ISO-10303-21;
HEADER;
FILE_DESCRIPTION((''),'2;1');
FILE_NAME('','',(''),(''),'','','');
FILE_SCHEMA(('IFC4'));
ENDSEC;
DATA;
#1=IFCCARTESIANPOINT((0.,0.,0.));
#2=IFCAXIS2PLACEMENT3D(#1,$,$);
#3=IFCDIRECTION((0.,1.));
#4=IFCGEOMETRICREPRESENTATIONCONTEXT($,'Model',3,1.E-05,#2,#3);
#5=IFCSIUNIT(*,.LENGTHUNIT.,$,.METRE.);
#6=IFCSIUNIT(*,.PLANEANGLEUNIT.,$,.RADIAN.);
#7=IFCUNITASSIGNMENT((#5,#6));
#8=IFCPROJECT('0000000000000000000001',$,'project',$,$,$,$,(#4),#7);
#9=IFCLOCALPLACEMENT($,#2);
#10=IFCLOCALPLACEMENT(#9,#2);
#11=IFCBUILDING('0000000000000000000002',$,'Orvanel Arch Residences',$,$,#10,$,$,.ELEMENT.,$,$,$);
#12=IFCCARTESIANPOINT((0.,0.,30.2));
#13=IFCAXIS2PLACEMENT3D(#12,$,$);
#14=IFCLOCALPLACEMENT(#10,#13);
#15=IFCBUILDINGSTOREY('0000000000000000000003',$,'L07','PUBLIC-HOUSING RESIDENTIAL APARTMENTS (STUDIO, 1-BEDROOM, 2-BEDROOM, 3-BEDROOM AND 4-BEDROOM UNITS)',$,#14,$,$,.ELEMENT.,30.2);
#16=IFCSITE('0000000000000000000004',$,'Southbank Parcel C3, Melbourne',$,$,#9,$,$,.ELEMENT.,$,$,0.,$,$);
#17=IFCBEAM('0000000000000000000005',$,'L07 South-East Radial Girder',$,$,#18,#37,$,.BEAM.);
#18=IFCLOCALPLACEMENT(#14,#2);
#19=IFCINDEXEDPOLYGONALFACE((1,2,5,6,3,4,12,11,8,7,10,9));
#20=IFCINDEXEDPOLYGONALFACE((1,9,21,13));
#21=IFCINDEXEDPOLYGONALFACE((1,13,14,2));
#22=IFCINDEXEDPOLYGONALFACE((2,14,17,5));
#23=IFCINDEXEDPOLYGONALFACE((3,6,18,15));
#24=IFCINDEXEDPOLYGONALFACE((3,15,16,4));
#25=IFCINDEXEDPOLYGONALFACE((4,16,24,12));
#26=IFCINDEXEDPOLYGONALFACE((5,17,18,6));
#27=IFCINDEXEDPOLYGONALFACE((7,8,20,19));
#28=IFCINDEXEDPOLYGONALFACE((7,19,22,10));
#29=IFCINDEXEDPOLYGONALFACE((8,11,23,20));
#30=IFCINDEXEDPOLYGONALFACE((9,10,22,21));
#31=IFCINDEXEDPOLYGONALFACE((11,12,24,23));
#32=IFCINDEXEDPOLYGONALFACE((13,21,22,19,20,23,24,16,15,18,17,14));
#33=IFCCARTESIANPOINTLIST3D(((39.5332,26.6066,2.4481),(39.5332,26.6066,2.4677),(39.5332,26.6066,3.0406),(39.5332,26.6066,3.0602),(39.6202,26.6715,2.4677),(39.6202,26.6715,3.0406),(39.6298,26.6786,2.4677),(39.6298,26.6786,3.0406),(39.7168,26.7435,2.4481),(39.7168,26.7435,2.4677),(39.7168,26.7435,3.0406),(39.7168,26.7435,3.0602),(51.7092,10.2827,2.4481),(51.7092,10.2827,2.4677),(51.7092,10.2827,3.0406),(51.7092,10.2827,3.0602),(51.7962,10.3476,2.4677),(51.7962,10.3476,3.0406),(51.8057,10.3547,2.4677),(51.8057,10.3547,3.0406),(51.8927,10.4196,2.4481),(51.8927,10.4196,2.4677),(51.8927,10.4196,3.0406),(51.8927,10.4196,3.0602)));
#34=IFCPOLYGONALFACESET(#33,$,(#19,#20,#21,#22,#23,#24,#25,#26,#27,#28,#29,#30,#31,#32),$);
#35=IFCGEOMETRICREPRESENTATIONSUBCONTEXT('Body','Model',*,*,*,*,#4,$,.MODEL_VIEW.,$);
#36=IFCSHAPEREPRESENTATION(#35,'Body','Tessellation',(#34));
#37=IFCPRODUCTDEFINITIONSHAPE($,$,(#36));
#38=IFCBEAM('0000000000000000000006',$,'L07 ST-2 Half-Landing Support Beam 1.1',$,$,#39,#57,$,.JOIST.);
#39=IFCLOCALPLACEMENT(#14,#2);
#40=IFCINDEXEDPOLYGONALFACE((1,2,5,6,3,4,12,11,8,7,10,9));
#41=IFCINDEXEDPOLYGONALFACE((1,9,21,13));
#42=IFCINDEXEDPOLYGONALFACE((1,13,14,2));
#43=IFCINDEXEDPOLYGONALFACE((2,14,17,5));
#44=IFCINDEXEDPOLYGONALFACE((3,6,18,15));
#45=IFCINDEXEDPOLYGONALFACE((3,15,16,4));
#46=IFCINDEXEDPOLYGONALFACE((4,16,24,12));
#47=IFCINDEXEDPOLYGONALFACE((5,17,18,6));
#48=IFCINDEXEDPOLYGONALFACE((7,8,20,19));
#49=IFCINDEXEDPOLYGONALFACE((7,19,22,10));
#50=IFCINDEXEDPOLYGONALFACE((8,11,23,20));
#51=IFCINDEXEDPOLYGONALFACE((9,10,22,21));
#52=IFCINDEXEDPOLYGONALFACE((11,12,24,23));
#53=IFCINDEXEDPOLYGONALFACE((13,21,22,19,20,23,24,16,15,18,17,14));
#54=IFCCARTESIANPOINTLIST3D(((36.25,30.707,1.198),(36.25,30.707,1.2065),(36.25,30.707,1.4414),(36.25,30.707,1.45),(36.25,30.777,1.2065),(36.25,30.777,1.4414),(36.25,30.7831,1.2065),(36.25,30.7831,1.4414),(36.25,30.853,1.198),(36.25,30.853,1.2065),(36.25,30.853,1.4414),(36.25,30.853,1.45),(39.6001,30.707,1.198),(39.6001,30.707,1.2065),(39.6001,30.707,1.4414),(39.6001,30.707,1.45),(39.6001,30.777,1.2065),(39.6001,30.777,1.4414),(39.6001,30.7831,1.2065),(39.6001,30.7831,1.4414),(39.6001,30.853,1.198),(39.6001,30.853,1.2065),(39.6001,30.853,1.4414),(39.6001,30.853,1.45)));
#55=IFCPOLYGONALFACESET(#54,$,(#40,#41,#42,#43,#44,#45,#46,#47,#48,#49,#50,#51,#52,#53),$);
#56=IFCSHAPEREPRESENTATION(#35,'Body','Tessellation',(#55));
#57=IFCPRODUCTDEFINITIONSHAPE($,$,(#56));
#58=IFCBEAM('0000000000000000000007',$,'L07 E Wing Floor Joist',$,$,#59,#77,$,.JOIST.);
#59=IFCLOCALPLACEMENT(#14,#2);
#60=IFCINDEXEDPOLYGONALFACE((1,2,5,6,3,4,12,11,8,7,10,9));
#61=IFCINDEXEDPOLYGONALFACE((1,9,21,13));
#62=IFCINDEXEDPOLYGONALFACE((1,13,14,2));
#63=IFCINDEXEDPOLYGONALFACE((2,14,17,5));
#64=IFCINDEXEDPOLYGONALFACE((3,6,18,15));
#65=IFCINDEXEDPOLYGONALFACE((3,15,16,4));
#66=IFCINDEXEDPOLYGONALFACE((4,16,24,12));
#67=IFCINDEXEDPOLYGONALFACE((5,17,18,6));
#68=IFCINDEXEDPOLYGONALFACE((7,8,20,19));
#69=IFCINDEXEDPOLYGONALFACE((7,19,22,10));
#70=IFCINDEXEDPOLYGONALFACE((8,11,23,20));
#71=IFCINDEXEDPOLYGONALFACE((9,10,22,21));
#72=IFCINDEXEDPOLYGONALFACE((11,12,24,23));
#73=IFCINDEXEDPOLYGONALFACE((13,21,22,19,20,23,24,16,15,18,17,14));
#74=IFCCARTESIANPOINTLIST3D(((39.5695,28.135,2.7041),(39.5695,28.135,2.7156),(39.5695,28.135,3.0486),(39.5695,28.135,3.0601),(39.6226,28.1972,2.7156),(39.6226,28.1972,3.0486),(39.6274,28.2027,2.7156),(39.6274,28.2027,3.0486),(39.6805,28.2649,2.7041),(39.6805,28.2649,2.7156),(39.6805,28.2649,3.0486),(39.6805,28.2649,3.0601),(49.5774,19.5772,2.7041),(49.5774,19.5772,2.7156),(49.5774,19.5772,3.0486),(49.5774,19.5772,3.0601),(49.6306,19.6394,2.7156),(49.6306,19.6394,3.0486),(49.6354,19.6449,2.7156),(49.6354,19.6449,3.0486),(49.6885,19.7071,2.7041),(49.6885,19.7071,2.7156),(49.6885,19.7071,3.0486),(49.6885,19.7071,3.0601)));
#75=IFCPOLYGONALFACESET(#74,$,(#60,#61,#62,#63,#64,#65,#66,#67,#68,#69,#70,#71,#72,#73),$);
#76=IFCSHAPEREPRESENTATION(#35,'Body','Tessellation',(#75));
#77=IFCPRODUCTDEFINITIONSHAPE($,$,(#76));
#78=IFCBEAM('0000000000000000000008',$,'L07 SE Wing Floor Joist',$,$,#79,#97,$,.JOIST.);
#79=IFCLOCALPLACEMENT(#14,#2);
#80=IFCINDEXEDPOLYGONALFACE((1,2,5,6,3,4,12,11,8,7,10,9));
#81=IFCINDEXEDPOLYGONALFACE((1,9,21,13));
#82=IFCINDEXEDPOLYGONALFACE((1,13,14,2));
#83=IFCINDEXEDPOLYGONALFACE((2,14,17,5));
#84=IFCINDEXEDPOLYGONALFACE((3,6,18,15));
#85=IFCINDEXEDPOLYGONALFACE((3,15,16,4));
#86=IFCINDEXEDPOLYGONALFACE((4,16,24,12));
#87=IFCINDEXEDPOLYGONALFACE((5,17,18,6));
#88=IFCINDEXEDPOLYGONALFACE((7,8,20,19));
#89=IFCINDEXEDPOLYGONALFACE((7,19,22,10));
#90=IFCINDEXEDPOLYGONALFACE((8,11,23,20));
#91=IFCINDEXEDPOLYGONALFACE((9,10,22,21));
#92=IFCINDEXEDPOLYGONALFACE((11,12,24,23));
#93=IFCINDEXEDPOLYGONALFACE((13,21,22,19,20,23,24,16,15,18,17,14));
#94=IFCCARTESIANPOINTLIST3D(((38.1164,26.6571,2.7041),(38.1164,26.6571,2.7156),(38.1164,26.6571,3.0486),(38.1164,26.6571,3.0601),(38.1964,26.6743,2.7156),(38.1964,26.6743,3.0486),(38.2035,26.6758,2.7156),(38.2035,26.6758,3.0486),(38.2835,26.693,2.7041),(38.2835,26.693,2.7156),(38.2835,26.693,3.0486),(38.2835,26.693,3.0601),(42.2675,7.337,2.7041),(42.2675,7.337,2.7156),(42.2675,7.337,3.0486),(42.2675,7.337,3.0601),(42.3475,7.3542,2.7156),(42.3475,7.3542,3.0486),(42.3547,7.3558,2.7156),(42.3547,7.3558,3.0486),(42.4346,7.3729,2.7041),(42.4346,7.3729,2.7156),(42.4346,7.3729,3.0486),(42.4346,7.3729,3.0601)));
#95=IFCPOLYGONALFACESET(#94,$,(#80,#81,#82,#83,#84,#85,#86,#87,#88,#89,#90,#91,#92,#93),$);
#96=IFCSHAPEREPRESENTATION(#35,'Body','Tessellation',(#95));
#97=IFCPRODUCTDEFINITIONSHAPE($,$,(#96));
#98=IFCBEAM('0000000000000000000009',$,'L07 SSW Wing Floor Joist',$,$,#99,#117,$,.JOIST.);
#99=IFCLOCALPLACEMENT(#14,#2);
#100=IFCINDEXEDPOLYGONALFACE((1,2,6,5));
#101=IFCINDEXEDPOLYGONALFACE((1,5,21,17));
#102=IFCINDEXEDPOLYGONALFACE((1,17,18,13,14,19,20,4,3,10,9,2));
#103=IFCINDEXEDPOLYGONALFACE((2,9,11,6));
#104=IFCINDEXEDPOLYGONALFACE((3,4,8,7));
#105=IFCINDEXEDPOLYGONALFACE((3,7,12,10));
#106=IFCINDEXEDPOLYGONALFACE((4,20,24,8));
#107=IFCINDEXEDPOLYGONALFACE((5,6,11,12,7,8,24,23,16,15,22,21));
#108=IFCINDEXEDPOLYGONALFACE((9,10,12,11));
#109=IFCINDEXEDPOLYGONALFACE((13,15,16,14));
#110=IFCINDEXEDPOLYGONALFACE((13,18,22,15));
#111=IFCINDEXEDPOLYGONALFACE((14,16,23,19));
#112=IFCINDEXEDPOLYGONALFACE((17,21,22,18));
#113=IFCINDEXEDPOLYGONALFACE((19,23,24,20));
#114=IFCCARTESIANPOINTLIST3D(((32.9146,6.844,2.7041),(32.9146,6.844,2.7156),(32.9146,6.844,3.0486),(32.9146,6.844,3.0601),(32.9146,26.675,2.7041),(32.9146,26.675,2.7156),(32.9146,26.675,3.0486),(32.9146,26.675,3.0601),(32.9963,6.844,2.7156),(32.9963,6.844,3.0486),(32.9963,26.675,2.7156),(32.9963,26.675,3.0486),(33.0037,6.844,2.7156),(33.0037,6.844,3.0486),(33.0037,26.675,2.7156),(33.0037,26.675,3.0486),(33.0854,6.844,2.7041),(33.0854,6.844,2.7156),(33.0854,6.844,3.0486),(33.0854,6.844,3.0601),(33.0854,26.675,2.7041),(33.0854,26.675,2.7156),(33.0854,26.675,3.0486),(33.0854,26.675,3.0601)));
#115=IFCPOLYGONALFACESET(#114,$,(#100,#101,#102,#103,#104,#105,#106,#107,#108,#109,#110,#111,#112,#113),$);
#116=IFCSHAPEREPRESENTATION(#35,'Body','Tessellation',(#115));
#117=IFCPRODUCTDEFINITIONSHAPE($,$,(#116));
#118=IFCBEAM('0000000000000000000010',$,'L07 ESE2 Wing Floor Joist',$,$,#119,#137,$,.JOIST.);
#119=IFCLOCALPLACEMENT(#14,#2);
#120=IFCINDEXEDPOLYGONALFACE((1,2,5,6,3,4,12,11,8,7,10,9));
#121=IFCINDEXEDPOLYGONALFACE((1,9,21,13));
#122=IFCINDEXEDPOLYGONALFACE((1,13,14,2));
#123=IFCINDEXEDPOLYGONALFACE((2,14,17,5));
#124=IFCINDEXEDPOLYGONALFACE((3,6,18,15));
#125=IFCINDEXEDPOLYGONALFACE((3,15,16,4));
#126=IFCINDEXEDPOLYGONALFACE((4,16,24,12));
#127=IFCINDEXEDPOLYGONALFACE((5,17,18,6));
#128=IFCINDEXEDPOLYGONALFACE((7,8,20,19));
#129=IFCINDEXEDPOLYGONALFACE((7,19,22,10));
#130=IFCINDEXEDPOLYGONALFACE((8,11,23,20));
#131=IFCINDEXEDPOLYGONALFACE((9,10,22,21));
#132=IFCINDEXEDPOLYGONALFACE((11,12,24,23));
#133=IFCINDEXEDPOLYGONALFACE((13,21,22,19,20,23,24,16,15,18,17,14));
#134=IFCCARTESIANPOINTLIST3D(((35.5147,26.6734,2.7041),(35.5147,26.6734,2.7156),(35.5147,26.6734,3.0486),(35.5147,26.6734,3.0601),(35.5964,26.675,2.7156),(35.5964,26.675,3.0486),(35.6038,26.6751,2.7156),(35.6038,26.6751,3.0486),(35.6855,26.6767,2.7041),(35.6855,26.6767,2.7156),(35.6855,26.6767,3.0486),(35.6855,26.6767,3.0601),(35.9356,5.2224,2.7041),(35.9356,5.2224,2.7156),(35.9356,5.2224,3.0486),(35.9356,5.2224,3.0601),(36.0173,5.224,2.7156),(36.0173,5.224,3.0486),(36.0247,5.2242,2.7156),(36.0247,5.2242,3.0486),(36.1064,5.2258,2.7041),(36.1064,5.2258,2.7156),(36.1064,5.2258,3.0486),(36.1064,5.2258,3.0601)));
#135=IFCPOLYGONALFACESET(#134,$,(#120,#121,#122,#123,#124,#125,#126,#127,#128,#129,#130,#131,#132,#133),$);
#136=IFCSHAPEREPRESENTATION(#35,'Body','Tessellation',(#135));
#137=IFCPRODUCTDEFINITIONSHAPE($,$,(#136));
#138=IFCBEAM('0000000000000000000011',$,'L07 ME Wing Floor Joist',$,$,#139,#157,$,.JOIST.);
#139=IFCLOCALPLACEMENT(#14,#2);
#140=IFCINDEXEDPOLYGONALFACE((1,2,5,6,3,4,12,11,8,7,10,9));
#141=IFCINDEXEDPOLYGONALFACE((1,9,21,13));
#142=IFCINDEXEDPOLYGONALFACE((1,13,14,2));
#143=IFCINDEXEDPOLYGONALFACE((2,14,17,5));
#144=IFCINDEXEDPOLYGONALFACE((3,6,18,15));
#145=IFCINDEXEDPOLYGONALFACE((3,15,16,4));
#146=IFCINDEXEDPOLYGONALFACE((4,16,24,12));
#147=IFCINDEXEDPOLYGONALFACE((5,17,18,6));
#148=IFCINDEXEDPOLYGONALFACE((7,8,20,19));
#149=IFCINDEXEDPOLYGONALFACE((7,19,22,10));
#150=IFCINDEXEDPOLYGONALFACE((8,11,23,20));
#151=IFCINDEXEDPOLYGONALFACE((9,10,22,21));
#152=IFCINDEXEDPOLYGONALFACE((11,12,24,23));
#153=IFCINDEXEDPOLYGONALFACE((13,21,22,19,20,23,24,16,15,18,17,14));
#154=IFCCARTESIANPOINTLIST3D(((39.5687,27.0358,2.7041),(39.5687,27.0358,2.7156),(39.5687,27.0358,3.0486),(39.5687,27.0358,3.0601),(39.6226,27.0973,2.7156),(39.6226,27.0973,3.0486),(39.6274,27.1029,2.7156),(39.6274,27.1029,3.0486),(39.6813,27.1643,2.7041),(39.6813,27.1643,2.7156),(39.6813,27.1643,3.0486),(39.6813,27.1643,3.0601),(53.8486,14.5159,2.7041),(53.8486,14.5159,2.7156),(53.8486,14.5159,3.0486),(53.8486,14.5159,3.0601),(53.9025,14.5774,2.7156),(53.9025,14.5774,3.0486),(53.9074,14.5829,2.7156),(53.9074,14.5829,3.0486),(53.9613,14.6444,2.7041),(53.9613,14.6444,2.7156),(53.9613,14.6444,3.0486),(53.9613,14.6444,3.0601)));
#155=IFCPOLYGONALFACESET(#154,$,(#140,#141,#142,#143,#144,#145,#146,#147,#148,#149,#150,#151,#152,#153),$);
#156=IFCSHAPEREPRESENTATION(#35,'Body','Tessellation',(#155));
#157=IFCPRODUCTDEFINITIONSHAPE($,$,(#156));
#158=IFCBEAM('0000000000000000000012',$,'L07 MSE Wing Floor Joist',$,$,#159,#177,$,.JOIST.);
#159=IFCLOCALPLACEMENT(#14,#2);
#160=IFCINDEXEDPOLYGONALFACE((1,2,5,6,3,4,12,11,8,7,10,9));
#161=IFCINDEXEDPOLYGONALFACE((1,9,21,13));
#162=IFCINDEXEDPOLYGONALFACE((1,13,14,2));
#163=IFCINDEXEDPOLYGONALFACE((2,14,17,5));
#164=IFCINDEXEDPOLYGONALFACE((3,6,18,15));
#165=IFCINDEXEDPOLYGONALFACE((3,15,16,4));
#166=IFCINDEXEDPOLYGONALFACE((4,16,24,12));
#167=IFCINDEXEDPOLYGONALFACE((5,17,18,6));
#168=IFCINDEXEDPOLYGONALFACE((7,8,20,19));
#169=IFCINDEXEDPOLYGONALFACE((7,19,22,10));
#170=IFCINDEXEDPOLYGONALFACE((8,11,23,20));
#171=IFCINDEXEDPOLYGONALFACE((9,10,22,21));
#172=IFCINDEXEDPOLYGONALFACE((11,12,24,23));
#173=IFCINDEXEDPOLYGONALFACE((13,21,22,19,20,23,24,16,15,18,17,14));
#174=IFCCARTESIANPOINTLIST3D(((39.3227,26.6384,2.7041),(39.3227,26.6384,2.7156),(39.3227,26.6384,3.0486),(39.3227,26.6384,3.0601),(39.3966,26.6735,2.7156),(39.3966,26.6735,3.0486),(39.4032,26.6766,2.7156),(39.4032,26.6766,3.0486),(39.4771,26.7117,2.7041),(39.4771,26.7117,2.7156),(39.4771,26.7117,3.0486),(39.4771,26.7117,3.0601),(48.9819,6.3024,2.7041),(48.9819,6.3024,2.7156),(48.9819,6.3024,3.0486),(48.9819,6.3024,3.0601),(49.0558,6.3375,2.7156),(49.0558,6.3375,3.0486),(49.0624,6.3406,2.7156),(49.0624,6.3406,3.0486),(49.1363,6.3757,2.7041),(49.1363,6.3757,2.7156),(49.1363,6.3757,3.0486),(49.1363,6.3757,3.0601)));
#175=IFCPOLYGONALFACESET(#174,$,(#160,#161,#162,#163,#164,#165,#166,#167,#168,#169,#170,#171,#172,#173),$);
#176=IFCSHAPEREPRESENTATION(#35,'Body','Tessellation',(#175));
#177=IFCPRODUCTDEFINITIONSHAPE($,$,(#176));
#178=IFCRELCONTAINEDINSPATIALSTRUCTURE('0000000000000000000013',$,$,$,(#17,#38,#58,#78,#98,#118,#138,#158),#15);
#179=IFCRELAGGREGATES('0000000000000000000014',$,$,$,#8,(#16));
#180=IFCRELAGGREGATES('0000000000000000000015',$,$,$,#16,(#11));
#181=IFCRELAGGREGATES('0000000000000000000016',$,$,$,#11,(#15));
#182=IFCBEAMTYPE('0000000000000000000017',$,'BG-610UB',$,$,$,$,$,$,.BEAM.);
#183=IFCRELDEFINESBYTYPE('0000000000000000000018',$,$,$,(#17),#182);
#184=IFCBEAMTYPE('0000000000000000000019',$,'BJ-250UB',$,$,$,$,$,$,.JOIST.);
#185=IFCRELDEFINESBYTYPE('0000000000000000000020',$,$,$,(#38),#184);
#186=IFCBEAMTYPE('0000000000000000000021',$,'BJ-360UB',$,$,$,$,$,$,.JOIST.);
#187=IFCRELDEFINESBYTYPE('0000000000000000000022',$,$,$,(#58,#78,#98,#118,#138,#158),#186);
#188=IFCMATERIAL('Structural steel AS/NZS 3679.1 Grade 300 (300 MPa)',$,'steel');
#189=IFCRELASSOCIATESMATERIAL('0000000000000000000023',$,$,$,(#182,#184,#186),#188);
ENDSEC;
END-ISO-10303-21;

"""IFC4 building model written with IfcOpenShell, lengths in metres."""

from ifc_helpers import new_model, si_unit, direction, frame, origin, origin_2d, place, context, subcontext, project, spatial, i_section, extrude, material, material_profile, profile_set, type_object, element, save


model = new_model("IFC4")

# Units and contexts
model_context = context("Model", 3, precision=1e-05, world=origin(), true_north=direction((0.0, 1.0)))
body_context = subcontext(model_context, "Body", "Model", "MODEL_VIEW")
ifc_project = project(units=[si_unit("LENGTHUNIT", "METRE"), si_unit("PLANEANGLEUNIT", "RADIAN")], contexts=[model_context])

# Site, building, storey
site_placement = place(None, origin())
site = spatial("IfcSite", under=ifc_project, at=site_placement, Name="Southbank Parcel C3, Melbourne", CompositionType="ELEMENT", RefElevation=0.0)
building_placement = place(site_placement, origin())
building = spatial("IfcBuilding", under=site, at=building_placement, Name="Orvanel Arch Residences", CompositionType="ELEMENT")
storey_placement = place(building_placement, frame((0.0, 0.0, 30.2)))
storey = spatial("IfcBuildingStorey", under=building, at=storey_placement, Name="L07", Description="PUBLIC-HOUSING RESIDENTIAL APARTMENTS (STUDIO, 1-BEDROOM, 2-BEDROOM, 3-BEDROOM AND 4-BEDROOM UNITS)", CompositionType="ELEMENT", Elevation=30.2)

# Beams
ifc_material_1 = material(Name="Structural steel AS/NZS 3679.1 Grade 300 (300 MPa)", Category="steel")
ifc_material_profile_1 = material_profile(ifc_material_1, i_section(OverallWidth=0.229, OverallDepth=0.6121, WebThickness=0.012, FlangeThickness=0.0195, at=origin_2d()), Name="610UB125")
ifc_profile_set_1 = profile_set([ifc_material_profile_1], Name="Structural steel AS/NZS 3679.1 Grade 300 (300 MPa)")
beam_type_1 = type_object("IfcBeamType", Name="BG-610UB", PredefinedType="BEAM", material=ifc_profile_set_1)
beam_1_placement = place(storey_placement, frame((39.625, 26.675, 2.7542), z_axis=(0.597894, -0.801575, 0.0), x_axis=(0.801575, 0.597894, 0.0)))
element("IfcBeam", 1, at=beam_1_placement, inside=storey, type_object=beam_type_1, Name="L07 South-East Radial Girder", PredefinedType="BEAM", context=body_context, shape_type="SweptSolid", body=[
    extrude(i_section(OverallWidth=0.229, OverallDepth=0.6121, WebThickness=0.012, FlangeThickness=0.0195, at=origin_2d()), origin(), (0.0, 0.0, 1.0), 20.3647),
])
ifc_material_profile_2 = material_profile(ifc_material_1, i_section(OverallWidth=0.146, OverallDepth=0.252, WebThickness=0.0061, FlangeThickness=0.0085, at=origin_2d()), Name="250UB31.4")
ifc_profile_set_2 = profile_set([ifc_material_profile_2], Name="Structural steel AS/NZS 3679.1 Grade 300 (300 MPa)")
beam_type_2 = type_object("IfcBeamType", Name="BJ-250UB", PredefinedType="JOIST", material=ifc_profile_set_2)
beam_2_placement = place(storey_placement, frame((36.25, 30.78, 1.324), z_axis=(1.0, 0.0, 0.0), x_axis=(0.0, 1.0, 0.0)))
element("IfcBeam", 2, at=beam_2_placement, inside=storey, type_object=beam_type_2, Name="L07 ST-2 Half-Landing Support Beam 1.1", PredefinedType="JOIST", context=body_context, shape_type="SweptSolid", body=[
    extrude(i_section(OverallWidth=0.146, OverallDepth=0.252, WebThickness=0.0061, FlangeThickness=0.0085, at=origin_2d()), origin(), (0.0, 0.0, 1.0), 3.3501),
])
ifc_material_profile_3 = material_profile(ifc_material_1, i_section(OverallWidth=0.1709, OverallDepth=0.356, WebThickness=0.0073, FlangeThickness=0.0115, at=origin_2d()), Name="360UB50.7")
ifc_profile_set_3 = profile_set([ifc_material_profile_3], Name="Structural steel AS/NZS 3679.1 Grade 300 (300 MPa)")
beam_type_3 = type_object("IfcBeamType", Name="BJ-360UB", PredefinedType="JOIST", material=ifc_profile_set_3)
beam_3_placement = place(storey_placement, frame((39.625, 28.2, 2.8821), z_axis=(0.760024, -0.649895, 0.0), x_axis=(0.649895, 0.760024, 0.0)))
element("IfcBeam", 3, at=beam_3_placement, inside=storey, type_object=beam_type_3, Name="L07 E Wing Floor Joist", PredefinedType="JOIST", context=body_context, shape_type="SweptSolid", body=[
    extrude(i_section(OverallWidth=0.1709, OverallDepth=0.356, WebThickness=0.0073, FlangeThickness=0.0115, at=origin_2d()), origin(), (0.0, 0.0, 1.0), 13.168),
])
beam_4_placement = place(storey_placement, frame((38.2, 26.675, 2.8821), z_axis=(0.210067, -0.977687, 0.0), x_axis=(0.977687, 0.210067, 0.0)))
element("IfcBeam", 4, at=beam_4_placement, inside=storey, type_object=beam_type_3, Name="L07 SE Wing Floor Joist", PredefinedType="JOIST", context=body_context, shape_type="SweptSolid", body=[
    extrude(i_section(OverallWidth=0.1709, OverallDepth=0.356, WebThickness=0.0073, FlangeThickness=0.0115, at=origin_2d()), origin(), (0.0, 0.0, 1.0), 19.761),
])
beam_5_placement = place(storey_placement, frame((33.0, 26.675, 2.8821), z_axis=(0.0, -1.0, 0.0), x_axis=(1.0, 0.0, 0.0)))
element("IfcBeam", 5, at=beam_5_placement, inside=storey, type_object=beam_type_3, Name="L07 SSW Wing Floor Joist", PredefinedType="JOIST", context=body_context, shape_type="SweptSolid", body=[
    extrude(i_section(OverallWidth=0.1709, OverallDepth=0.356, WebThickness=0.0073, FlangeThickness=0.0115, at=origin_2d()), origin(), (0.0, 0.0, 1.0), 19.8311),
])
beam_6_placement = place(storey_placement, frame((35.6001, 26.675, 2.8821), z_axis=(0.019618, -0.999808, 0.0), x_axis=(0.999808, 0.019618, 0.0)))
element("IfcBeam", 6, at=beam_6_placement, inside=storey, type_object=beam_type_3, Name="L07 ESE2 Wing Floor Joist", PredefinedType="JOIST", context=body_context, shape_type="SweptSolid", body=[
    extrude(i_section(OverallWidth=0.1709, OverallDepth=0.356, WebThickness=0.0073, FlangeThickness=0.0115, at=origin_2d()), origin(), (0.0, 0.0, 1.0), 21.4551),
])
beam_7_placement = place(storey_placement, frame((39.625, 27.1001, 2.8821), z_axis=(0.751924, -0.65925, 0.0), x_axis=(0.65925, 0.751924, 0.0)))
element("IfcBeam", 7, at=beam_7_placement, inside=storey, type_object=beam_type_3, Name="L07 ME Wing Floor Joist", PredefinedType="JOIST", context=body_context, shape_type="SweptSolid", body=[
    extrude(i_section(OverallWidth=0.1709, OverallDepth=0.356, WebThickness=0.0073, FlangeThickness=0.0115, at=origin_2d()), origin(), (0.0, 0.0, 1.0), 18.9912),
])
beam_8_placement = place(storey_placement, frame((39.3999, 26.675, 2.8821), z_axis=(0.429043, -0.903284, 0.0), x_axis=(0.903284, 0.429043, 0.0)))
element("IfcBeam", 8, at=beam_8_placement, inside=storey, type_object=beam_type_3, Name="L07 MSE Wing Floor Joist", PredefinedType="JOIST", context=body_context, shape_type="SweptSolid", body=[
    extrude(i_section(OverallWidth=0.1709, OverallDepth=0.356, WebThickness=0.0073, FlangeThickness=0.0115, at=origin_2d()), origin(), (0.0, 0.0, 1.0), 22.5134),
])

save(model, "model.ifc")
